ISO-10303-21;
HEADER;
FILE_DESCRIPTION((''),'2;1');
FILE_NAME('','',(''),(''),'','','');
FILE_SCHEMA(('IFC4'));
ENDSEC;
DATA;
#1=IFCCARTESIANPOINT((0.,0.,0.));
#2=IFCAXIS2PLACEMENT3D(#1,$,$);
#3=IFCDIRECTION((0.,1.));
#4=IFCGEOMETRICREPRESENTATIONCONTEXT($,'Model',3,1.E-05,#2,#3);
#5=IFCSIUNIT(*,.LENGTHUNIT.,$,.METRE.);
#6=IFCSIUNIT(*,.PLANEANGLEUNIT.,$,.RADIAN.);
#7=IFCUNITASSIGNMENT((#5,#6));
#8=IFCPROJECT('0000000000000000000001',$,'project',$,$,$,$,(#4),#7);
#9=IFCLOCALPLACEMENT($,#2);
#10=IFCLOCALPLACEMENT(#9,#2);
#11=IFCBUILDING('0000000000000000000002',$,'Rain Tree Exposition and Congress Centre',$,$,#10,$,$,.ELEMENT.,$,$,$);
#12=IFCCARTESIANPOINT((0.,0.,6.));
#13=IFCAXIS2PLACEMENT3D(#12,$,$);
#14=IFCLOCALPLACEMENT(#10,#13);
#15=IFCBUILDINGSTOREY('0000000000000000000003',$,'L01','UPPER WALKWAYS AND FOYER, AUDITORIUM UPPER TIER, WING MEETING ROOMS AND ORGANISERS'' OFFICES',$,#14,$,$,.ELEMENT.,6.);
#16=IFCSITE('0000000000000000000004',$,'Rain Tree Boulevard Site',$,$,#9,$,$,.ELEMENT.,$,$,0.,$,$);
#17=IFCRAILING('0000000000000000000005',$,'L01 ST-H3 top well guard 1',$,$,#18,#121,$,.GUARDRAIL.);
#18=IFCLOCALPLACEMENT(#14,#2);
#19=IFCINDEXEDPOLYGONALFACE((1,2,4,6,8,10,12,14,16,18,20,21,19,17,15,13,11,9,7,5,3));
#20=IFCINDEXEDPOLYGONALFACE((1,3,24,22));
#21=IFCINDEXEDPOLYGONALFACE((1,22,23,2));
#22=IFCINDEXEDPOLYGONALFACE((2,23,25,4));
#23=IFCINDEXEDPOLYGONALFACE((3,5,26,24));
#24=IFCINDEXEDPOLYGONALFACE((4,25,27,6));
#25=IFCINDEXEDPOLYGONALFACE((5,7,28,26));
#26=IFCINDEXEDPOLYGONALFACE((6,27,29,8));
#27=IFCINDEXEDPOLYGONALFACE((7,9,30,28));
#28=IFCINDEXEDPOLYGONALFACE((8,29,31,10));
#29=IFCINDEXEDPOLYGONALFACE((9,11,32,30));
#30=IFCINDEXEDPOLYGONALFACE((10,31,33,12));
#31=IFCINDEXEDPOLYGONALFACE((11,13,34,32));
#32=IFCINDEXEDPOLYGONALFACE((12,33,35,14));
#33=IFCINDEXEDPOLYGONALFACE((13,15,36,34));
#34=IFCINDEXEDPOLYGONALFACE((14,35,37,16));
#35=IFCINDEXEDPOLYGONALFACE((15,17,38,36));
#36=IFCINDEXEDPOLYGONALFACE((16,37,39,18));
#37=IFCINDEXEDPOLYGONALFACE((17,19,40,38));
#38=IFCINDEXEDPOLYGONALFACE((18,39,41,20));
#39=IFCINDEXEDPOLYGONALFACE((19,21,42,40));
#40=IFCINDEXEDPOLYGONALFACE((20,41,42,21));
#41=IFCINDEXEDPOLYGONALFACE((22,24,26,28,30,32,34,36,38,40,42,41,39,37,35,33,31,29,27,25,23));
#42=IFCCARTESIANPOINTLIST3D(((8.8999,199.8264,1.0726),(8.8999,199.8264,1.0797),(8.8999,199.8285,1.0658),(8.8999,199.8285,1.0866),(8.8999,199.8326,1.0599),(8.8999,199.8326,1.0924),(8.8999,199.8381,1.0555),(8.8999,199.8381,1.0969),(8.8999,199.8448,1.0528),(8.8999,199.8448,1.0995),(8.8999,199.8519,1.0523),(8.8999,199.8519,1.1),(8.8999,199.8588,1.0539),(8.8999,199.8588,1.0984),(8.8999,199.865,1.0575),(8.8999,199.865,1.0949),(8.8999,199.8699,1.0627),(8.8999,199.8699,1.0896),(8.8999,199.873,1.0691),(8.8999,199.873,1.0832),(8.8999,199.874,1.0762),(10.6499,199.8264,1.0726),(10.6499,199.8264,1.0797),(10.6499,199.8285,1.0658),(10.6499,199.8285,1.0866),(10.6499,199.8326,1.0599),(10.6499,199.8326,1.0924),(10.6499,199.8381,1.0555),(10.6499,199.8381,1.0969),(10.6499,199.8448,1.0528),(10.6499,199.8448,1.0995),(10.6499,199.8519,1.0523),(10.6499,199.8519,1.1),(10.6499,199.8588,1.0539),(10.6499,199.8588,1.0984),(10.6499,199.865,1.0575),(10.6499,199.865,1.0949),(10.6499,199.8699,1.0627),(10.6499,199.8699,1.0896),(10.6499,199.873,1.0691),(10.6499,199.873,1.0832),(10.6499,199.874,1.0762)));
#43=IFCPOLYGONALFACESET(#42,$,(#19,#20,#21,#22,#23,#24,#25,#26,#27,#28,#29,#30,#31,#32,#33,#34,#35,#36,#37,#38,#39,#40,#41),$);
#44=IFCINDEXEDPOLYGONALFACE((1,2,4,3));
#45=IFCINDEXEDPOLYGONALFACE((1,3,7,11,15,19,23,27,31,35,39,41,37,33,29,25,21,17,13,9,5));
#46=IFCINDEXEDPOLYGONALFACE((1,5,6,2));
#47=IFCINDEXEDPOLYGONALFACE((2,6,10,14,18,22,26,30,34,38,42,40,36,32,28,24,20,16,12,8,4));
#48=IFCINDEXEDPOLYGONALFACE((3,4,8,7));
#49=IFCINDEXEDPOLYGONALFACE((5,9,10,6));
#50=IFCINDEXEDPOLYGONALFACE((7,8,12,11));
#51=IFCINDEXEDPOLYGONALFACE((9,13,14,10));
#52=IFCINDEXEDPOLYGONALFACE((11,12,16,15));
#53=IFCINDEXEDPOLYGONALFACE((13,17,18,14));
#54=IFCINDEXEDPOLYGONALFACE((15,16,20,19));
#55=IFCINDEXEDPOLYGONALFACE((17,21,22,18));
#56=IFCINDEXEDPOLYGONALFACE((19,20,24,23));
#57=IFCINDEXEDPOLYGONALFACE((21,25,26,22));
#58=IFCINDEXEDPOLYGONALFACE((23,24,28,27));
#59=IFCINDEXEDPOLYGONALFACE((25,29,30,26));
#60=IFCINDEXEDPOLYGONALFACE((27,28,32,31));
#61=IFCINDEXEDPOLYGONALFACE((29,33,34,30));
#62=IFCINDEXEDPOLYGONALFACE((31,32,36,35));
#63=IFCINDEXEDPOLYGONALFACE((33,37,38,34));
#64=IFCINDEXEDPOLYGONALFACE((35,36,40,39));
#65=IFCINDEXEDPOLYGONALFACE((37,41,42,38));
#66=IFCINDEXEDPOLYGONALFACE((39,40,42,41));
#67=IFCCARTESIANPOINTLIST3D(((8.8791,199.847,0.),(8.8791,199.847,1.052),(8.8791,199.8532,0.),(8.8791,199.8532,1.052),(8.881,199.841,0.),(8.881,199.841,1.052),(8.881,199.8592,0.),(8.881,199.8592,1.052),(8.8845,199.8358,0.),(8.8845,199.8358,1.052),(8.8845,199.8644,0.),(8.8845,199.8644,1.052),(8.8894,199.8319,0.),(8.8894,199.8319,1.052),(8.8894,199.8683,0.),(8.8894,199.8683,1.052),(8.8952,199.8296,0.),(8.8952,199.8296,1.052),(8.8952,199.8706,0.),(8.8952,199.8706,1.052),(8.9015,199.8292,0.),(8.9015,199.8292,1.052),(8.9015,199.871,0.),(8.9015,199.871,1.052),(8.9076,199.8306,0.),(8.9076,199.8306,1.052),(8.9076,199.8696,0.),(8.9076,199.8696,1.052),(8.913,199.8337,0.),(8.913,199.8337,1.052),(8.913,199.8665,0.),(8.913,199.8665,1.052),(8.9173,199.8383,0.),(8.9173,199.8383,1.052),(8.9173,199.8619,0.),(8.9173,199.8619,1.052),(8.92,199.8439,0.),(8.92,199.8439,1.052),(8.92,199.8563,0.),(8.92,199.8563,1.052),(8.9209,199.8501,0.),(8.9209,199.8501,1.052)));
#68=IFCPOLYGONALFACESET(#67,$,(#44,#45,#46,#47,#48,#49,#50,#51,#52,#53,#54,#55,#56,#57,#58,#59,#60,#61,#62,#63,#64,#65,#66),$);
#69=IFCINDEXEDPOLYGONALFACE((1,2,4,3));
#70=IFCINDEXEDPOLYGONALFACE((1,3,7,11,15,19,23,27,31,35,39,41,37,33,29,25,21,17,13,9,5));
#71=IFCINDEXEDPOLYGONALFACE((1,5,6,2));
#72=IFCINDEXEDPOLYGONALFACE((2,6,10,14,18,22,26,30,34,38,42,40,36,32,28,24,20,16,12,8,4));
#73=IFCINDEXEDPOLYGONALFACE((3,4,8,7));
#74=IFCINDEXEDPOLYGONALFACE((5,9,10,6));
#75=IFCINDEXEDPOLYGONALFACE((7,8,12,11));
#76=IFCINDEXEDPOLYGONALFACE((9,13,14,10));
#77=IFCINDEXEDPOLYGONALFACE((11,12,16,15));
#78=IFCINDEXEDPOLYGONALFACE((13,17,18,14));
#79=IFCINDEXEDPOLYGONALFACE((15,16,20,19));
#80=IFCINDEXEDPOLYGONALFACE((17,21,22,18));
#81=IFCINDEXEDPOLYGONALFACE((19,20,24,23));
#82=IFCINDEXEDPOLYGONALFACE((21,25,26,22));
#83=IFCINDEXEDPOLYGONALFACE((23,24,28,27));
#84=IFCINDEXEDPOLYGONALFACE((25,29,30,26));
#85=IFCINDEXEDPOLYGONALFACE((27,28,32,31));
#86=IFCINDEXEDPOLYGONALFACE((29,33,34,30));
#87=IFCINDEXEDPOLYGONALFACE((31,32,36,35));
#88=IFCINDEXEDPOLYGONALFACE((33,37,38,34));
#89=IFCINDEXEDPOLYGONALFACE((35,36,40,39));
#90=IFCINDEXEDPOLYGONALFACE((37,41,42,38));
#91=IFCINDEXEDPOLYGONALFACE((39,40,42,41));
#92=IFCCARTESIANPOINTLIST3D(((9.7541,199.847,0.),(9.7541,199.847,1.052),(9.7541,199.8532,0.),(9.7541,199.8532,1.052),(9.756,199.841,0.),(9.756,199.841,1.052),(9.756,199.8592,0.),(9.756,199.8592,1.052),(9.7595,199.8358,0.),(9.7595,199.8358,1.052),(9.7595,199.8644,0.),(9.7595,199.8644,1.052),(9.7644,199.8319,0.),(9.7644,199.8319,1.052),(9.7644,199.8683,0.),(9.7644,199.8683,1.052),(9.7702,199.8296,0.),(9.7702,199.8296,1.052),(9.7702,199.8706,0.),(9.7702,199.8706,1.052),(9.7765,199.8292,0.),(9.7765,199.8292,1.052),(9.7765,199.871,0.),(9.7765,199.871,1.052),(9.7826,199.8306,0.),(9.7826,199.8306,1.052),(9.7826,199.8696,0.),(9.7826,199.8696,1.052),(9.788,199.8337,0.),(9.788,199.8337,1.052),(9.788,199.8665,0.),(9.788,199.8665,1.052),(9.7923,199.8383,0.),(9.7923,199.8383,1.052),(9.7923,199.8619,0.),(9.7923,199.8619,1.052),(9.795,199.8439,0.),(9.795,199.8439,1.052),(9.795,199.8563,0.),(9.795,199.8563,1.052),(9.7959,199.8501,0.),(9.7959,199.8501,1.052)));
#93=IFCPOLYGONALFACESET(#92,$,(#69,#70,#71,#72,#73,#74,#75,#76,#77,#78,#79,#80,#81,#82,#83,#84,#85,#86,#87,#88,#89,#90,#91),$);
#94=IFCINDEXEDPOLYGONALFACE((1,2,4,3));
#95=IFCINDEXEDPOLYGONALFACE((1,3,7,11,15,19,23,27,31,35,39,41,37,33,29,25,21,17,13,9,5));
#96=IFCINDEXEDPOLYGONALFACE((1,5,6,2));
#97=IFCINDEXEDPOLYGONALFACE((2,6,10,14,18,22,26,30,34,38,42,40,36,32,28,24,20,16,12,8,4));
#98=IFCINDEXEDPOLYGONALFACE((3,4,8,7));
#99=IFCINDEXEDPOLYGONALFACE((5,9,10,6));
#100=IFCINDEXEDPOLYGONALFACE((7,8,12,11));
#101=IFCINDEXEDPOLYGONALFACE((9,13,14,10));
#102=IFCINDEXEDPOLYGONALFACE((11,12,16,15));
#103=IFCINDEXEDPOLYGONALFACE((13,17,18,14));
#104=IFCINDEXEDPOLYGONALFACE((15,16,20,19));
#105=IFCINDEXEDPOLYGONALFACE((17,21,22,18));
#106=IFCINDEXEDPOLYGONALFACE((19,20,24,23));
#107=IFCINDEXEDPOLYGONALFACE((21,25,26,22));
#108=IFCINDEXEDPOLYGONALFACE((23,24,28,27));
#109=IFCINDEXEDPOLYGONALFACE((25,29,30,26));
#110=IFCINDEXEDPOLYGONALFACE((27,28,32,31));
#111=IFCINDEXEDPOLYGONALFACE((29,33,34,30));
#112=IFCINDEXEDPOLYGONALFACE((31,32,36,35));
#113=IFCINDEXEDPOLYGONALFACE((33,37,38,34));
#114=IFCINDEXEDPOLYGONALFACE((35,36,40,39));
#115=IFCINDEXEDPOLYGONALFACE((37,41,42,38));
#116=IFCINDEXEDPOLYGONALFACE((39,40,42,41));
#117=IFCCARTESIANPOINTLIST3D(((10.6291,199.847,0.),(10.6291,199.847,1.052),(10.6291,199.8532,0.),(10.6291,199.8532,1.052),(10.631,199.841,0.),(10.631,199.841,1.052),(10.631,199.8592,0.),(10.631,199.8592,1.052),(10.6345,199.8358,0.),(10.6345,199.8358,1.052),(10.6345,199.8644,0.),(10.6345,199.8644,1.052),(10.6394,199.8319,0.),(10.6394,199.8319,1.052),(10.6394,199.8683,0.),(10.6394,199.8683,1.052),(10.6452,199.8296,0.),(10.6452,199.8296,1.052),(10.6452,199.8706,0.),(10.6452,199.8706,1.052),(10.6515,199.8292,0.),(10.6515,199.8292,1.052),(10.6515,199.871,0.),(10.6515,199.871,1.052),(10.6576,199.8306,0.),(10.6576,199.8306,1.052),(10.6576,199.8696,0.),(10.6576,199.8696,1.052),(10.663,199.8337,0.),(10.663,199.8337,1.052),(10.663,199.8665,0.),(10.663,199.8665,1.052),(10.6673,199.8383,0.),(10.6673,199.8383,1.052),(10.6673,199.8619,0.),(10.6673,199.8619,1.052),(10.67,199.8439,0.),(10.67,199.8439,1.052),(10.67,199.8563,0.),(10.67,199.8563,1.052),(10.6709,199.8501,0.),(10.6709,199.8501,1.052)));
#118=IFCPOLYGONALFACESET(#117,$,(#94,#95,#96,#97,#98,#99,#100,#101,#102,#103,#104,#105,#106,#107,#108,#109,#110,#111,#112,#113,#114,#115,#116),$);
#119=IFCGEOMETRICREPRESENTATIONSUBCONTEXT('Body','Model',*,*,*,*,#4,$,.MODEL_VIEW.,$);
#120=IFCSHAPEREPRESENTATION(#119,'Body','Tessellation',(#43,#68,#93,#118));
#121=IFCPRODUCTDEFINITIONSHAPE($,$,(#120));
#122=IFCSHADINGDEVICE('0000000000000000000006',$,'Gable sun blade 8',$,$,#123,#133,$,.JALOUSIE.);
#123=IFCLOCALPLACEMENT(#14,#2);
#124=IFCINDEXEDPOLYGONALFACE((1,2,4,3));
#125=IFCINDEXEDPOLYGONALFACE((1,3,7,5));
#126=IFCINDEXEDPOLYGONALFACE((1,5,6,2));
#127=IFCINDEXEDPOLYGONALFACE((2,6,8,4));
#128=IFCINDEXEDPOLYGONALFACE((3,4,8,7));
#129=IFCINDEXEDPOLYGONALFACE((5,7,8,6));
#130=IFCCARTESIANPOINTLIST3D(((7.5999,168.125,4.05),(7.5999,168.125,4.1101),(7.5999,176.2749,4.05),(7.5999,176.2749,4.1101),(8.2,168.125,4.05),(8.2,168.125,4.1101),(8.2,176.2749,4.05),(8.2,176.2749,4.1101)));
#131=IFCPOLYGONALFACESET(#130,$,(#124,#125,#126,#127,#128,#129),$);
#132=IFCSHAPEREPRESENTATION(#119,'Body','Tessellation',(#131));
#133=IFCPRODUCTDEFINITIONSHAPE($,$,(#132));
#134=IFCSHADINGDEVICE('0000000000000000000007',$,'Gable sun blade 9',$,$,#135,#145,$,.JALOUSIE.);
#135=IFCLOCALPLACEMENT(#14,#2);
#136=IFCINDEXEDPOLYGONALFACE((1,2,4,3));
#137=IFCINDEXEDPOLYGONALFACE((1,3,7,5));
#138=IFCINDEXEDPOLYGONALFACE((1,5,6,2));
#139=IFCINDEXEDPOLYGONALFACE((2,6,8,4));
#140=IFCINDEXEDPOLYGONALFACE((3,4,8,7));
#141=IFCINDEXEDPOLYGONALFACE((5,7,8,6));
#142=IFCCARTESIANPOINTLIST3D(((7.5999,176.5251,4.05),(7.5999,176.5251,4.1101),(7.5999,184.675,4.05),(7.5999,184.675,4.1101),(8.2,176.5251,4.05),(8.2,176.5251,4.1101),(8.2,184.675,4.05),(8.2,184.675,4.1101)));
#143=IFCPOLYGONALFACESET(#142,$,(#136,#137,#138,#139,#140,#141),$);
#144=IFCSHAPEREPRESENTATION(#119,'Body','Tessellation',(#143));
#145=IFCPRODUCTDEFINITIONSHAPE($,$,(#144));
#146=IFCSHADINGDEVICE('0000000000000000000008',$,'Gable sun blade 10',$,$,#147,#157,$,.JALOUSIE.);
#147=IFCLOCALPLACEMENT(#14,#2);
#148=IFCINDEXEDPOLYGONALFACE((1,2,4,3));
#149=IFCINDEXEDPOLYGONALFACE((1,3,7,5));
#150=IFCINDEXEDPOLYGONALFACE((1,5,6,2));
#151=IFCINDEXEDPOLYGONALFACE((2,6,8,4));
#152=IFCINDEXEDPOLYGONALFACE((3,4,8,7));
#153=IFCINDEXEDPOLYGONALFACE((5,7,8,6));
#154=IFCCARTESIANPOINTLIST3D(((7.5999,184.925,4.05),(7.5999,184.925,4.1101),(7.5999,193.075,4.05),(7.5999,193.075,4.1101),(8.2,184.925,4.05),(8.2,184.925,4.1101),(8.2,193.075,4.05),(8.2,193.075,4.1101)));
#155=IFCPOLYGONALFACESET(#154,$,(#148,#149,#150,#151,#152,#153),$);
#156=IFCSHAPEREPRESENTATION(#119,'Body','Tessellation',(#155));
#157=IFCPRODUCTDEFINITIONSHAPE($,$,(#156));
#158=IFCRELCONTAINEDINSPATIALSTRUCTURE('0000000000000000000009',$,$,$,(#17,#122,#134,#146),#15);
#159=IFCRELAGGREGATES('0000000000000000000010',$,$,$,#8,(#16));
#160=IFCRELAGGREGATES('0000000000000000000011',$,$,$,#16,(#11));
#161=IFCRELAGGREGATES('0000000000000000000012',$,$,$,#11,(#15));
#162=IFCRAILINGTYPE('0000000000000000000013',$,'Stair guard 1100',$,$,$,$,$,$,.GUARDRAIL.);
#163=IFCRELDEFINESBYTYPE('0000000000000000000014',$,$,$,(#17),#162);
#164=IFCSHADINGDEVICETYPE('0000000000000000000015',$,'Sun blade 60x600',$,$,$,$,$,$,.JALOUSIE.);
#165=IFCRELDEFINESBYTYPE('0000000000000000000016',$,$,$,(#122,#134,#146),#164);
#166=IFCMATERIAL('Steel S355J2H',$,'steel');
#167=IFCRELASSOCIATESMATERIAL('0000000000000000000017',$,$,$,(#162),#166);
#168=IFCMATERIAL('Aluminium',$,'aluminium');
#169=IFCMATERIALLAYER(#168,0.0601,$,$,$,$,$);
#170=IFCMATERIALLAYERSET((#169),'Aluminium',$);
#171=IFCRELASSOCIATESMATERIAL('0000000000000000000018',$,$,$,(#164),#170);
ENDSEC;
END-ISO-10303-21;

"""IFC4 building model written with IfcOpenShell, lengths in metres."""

from ifc_helpers import new_model, si_unit, direction, frame, origin, origin_2d, place, context, subcontext, project, spatial, rectangle, circle, extrude, material, layer, layer_set, type_object, element, save


model = new_model("IFC4")

# Units and contexts
model_context = context("Model", 3, precision=1e-05, world=origin(), true_north=direction((0.0, 1.0)))
body_context = subcontext(model_context, "Body", "Model", "MODEL_VIEW")
ifc_project = project(units=[si_unit("LENGTHUNIT", "METRE"), si_unit("PLANEANGLEUNIT", "RADIAN")], contexts=[model_context])

# Site, building, storey
site_placement = place(None, origin())
site = spatial("IfcSite", under=ifc_project, at=site_placement, Name="Rain Tree Boulevard Site", CompositionType="ELEMENT", RefElevation=0.0)
building_placement = place(site_placement, origin())
building = spatial("IfcBuilding", under=site, at=building_placement, Name="Rain Tree Exposition and Congress Centre", CompositionType="ELEMENT")
storey_placement = place(building_placement, frame((0.0, 0.0, 6.0)))
storey = spatial("IfcBuildingStorey", under=building, at=storey_placement, Name="L01", Description="UPPER WALKWAYS AND FOYER, AUDITORIUM UPPER TIER, WING MEETING ROOMS AND ORGANISERS' OFFICES", CompositionType="ELEMENT", Elevation=6.0)

# Railing
ifc_material_1 = material(Name="Steel S355J2H", Category="steel")
railing_type_1 = type_object("IfcRailingType", Name="Stair guard 1100", PredefinedType="GUARDRAIL", material=ifc_material_1)
railing_1_placement = place(storey_placement, frame((8.8999, 199.8501, 0.0)))
element("IfcRailing", 1, at=railing_1_placement, inside=storey, type_object=railing_type_1, Name="L01 ST-H3 top well guard 1", PredefinedType="GUARDRAIL", context=body_context, shape_type="SweptSolid", body=[
    extrude(circle(Radius=0.0239, at=origin_2d()), frame((0.0, 0.0, 1.0762), z_axis=(1.0, 0.0, 0.0), x_axis=(0.0, 1.0, 0.0)), (0.0, 0.0, 1.0), 1.75),
    extrude(circle(Radius=0.021, at=origin_2d()), origin(), (0.0, 0.0, 1.0), 1.052),
    extrude(circle(Radius=0.021, at=origin_2d()), frame((0.875, 0.0, 0.0)), (0.0, 0.0, 1.0), 1.052),
    extrude(circle(Radius=0.021, at=origin_2d()), frame((1.75, 0.0, 0.0)), (0.0, 0.0, 1.0), 1.052),
])

# Shading devices
ifc_material_2 = material(Name="Aluminium", Category="aluminium")
ifc_layer_1 = layer(ifc_material_2, 0.0601)
ifc_layer_set_1 = layer_set([ifc_layer_1], Name="Aluminium")
shading_device_type = type_object("IfcShadingDeviceType", Name="Sun blade 60x600", PredefinedType="JALOUSIE", material=ifc_layer_set_1)
for number, where, z_axis, x_axis, name in (
    (2, (7.8999, 172.2, 4.05), (0.0, 0.0, 1.0), (1.0, 0.0, 0.0), "Gable sun blade 8"),
    (3, (7.8999, 180.6001, 4.05), (0.0, 0.0, 1.0), (1.0, 0.0, 0.0), "Gable sun blade 9"),
    (4, (7.8999, 189.0, 4.05), (0.0, 0.0, 1.0), (1.0, 0.0, 0.0), "Gable sun blade 10"),
):
    element("IfcShadingDevice", number, at=place(storey_placement, frame(where, z_axis=z_axis, x_axis=x_axis)), inside=storey, type_object=shading_device_type, Name=name, PredefinedType="JALOUSIE", context=body_context, shape_type="SweptSolid", body=[
        extrude(rectangle(XDim=0.6001, YDim=8.1499, at=origin_2d()), origin(), (0.0, 0.0, 1.0), 0.0601),
    ])

save(model, "model.ifc")
